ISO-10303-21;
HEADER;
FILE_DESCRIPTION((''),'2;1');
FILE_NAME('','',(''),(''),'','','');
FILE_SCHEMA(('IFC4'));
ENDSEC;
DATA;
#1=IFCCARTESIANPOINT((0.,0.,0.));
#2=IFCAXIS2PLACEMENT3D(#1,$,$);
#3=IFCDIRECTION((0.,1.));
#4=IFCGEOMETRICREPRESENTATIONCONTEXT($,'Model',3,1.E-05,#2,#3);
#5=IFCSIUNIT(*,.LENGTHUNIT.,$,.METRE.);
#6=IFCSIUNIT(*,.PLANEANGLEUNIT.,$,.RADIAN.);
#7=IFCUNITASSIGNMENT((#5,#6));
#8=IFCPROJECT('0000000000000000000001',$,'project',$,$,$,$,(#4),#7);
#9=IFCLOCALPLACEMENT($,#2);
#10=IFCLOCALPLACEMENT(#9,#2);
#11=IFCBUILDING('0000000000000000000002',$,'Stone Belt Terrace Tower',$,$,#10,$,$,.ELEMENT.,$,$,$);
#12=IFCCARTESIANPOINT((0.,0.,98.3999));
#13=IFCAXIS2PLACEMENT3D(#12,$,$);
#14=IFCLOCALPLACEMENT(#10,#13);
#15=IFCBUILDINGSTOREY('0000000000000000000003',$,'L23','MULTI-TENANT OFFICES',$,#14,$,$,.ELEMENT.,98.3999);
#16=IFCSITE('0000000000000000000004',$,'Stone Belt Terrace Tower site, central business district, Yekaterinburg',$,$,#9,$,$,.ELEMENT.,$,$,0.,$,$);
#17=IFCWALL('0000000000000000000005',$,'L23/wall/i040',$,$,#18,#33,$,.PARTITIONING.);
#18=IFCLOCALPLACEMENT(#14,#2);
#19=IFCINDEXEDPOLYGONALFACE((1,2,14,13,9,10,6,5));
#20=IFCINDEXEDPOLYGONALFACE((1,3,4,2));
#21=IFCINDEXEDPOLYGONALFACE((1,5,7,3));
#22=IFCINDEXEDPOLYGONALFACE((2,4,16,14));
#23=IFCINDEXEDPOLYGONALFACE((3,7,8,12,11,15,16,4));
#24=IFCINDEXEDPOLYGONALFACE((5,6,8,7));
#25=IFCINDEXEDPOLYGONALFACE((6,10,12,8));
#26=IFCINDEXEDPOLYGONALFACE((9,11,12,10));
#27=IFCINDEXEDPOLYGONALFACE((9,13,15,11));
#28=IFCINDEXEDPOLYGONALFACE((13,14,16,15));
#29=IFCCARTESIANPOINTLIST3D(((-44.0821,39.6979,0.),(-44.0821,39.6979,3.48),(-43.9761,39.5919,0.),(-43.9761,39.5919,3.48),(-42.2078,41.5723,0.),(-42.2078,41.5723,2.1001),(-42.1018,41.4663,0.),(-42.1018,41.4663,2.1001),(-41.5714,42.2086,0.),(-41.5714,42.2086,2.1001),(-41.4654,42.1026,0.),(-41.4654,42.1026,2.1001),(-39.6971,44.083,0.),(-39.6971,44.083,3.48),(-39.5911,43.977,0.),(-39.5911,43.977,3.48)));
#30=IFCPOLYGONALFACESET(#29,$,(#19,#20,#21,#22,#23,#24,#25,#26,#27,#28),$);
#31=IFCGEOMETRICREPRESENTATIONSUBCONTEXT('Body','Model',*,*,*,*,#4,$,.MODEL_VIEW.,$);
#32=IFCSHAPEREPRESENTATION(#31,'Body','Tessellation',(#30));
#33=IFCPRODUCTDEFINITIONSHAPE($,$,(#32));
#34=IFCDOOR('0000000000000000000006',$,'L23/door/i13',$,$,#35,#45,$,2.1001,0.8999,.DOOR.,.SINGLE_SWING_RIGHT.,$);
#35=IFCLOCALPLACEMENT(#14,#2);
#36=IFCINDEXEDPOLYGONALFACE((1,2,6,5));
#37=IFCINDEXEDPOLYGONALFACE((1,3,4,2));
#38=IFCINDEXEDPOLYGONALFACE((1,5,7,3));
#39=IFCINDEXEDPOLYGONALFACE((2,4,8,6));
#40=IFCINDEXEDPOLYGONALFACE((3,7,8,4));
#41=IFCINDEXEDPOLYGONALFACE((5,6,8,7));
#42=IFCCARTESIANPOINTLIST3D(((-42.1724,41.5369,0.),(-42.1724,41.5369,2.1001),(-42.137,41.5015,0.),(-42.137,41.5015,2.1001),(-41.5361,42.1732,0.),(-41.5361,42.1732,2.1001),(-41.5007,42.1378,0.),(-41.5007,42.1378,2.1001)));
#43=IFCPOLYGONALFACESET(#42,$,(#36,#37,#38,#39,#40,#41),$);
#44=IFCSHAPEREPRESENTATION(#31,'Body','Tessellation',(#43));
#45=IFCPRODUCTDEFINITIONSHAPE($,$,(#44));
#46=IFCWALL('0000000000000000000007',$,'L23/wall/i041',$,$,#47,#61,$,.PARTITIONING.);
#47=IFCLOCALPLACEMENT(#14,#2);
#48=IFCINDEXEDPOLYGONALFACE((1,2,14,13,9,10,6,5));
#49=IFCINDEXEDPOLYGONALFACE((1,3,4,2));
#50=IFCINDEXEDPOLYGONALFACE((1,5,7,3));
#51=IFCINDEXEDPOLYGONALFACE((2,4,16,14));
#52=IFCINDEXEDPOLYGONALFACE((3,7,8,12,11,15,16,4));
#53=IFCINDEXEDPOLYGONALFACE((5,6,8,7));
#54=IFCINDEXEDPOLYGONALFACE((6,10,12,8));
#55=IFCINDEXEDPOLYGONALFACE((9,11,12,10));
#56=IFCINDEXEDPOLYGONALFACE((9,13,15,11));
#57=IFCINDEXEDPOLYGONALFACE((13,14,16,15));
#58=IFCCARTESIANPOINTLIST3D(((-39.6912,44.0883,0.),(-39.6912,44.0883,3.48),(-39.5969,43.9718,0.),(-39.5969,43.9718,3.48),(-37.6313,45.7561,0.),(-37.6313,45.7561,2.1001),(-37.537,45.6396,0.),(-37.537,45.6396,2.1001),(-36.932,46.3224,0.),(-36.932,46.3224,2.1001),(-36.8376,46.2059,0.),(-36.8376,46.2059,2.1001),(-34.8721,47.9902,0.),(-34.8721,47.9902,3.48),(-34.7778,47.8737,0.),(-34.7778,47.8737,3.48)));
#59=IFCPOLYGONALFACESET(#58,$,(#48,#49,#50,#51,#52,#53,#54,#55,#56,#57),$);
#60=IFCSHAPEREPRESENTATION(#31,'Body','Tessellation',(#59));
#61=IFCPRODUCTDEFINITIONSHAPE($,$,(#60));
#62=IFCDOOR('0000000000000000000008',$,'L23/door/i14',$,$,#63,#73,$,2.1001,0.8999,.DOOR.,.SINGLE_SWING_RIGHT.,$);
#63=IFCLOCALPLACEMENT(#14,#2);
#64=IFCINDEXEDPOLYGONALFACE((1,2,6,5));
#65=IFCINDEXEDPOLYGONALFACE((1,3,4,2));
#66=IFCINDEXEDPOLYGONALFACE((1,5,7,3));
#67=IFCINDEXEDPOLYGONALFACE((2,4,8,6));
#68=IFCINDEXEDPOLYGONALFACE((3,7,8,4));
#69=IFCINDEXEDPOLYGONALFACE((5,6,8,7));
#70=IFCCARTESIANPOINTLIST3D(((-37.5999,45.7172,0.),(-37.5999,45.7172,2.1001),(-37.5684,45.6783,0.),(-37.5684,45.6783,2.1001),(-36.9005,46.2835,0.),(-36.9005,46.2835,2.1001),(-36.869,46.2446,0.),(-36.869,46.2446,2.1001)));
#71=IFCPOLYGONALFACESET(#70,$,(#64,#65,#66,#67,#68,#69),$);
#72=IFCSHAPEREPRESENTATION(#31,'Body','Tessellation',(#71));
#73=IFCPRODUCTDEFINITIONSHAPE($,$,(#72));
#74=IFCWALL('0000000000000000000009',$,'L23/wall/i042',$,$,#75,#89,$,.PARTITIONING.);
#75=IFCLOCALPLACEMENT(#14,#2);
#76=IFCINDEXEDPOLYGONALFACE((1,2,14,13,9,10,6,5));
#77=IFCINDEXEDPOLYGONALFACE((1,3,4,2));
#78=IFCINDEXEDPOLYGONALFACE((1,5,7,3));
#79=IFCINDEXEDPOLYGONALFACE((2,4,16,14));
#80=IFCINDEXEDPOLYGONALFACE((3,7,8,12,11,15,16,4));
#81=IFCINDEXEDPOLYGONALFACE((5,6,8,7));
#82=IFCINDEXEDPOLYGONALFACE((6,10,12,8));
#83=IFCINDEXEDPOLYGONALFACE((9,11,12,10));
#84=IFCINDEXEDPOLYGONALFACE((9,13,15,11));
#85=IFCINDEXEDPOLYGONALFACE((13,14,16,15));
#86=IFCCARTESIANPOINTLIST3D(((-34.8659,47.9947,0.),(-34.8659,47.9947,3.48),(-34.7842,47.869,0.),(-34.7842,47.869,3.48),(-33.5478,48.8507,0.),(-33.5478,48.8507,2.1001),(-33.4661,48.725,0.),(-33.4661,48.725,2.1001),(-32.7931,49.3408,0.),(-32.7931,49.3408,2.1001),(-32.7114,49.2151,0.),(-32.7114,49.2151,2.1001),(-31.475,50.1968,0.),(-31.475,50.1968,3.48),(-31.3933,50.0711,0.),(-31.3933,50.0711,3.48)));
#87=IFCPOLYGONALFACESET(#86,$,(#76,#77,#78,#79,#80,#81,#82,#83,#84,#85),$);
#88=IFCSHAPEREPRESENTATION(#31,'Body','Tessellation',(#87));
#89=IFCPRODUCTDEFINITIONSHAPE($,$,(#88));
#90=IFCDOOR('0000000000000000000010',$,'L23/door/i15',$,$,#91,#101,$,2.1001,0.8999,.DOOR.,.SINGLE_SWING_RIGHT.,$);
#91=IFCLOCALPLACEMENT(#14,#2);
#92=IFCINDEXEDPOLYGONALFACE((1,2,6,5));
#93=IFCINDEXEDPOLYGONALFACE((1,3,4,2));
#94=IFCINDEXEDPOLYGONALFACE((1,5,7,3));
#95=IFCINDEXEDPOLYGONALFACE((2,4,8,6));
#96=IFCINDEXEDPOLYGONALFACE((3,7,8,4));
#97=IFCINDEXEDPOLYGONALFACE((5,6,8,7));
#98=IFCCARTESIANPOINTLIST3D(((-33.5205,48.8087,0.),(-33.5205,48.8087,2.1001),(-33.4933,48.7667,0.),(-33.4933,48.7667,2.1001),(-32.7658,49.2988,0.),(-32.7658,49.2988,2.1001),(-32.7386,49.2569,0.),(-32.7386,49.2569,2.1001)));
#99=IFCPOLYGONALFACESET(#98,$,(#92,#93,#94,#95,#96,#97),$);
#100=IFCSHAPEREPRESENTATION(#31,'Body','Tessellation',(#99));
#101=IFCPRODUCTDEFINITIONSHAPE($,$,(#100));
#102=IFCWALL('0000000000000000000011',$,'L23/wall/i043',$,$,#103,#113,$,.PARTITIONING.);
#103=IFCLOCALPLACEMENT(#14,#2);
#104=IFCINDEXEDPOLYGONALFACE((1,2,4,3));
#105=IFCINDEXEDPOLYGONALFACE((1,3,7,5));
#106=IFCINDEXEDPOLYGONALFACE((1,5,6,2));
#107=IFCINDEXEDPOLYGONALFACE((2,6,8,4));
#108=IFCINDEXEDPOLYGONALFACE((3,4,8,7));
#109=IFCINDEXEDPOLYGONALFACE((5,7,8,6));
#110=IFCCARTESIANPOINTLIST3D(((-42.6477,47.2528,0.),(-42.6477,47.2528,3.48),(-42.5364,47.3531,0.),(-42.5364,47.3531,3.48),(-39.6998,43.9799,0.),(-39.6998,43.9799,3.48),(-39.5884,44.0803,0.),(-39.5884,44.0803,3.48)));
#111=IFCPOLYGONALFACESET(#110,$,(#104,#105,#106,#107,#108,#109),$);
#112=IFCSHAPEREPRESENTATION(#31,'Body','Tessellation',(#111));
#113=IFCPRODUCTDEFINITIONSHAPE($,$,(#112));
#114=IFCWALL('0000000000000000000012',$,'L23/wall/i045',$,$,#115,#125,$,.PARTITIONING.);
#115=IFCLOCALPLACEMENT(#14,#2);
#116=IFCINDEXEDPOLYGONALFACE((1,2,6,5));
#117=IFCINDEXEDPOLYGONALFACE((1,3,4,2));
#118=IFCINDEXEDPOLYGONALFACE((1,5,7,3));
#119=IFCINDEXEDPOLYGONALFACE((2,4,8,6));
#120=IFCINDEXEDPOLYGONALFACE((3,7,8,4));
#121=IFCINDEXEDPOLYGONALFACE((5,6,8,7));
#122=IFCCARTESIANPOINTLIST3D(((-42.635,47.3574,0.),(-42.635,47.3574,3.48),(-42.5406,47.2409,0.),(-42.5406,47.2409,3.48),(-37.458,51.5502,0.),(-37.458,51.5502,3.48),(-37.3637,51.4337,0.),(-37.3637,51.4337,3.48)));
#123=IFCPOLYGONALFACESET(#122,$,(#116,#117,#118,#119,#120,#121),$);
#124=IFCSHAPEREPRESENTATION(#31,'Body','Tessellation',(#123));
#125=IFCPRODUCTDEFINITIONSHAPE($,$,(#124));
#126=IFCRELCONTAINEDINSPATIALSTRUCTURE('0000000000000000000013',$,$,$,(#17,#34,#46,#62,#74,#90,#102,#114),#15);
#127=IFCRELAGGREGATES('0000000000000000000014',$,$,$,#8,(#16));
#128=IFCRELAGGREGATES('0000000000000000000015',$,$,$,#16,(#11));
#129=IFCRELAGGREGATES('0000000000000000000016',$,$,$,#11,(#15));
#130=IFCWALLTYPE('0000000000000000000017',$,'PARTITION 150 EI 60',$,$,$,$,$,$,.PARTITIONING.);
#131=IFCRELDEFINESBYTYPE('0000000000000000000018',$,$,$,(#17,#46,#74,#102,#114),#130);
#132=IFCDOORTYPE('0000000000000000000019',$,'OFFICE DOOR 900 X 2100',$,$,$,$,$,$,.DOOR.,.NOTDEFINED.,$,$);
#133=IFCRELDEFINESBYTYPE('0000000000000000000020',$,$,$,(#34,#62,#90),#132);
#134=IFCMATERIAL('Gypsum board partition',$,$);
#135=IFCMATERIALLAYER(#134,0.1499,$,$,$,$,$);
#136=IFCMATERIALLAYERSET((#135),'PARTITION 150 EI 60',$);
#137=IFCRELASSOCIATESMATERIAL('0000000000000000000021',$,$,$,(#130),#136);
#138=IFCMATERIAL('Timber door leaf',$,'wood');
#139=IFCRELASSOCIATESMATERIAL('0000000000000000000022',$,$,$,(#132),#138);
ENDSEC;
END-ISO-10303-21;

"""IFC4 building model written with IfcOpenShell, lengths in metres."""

from ifc_helpers import new_model, si_unit, direction, frame, frame_2d, origin, place, context, subcontext, project, spatial, rectangle, extrude, material, layer, layer_set, type_object, element, fill, save


model = new_model("IFC4")

# Units and contexts
model_context = context("Model", 3, precision=1e-05, world=origin(), true_north=direction((0.0, 1.0)))
body_context = subcontext(model_context, "Body", "Model", "MODEL_VIEW")
ifc_project = project(units=[si_unit("LENGTHUNIT", "METRE"), si_unit("PLANEANGLEUNIT", "RADIAN")], contexts=[model_context])

# Site, building, storey
site_placement = place(None, origin())
site = spatial("IfcSite", under=ifc_project, at=site_placement, Name="Stone Belt Terrace Tower site, central business district, Yekaterinburg", CompositionType="ELEMENT", RefElevation=0.0)
building_placement = place(site_placement, origin())
building = spatial("IfcBuilding", under=site, at=building_placement, Name="Stone Belt Terrace Tower", CompositionType="ELEMENT")
storey_placement = place(building_placement, frame((0.0, 0.0, 98.3999)))
storey = spatial("IfcBuildingStorey", under=building, at=storey_placement, Name="L23", Description="MULTI-TENANT OFFICES", CompositionType="ELEMENT", Elevation=98.3999)

# Shared definitions
ifc_material_1 = material(Name="Gypsum board partition")
ifc_layer_1 = layer(ifc_material_1, 0.1499)
ifc_layer_set_1 = layer_set([ifc_layer_1], Name="PARTITION 150 EI 60")
wall_type = type_object("IfcWallType", Name="PARTITION 150 EI 60", PredefinedType="PARTITIONING", material=ifc_layer_set_1)

# Shared definitions
ifc_material_2 = material(Name="Timber door leaf", Category="wood")
door_type_1 = type_object("IfcDoorType", Name="OFFICE DOOR 900 X 2100", OperationType="NOTDEFINED", PredefinedType="DOOR", material=ifc_material_2)

# Walls, openings, doors
wall_1_placement = place(storey_placement, frame((-44.0291, 39.645, 0.0), z_axis=(0.0, 0.0, 1.0), x_axis=(0.707107, 0.707107, 0.0)))
wall_1 = element("IfcWall", 1, at=wall_1_placement, inside=storey, type_object=wall_type, Name="L23/wall/i040", PredefinedType="PARTITIONING", context=body_context, shape_type="SweptSolid", body=[
    extrude(rectangle(XDim=6.2014, YDim=0.1499, at=frame_2d((3.1006, 0.0))), origin(), (0.0, 0.0, 1.0), 3.48),
])
opening_1_placement = place(wall_1_placement, frame((2.6506, 0.0, 0.0)))
opening_1 = element("IfcOpeningElement", 2, at=opening_1_placement, cuts=wall_1, PredefinedType="OPENING", context=body_context, shape_type="SweptSolid", body=[
    extrude(rectangle(XDim=0.8999, YDim=2.1001, at=frame_2d((0.45, 1.05))), frame((0.0, 0.085, 0.0), z_axis=(0.0, -1.0, 0.0), x_axis=(1.0, 0.0, 0.0)), (0.0, 0.0, 1.0), 0.1699),
])
door_1_placement = place(opening_1_placement, origin())
door_1 = element("IfcDoor", 3, at=door_1_placement, inside=storey, type_object=door_type_1, Name="L23/door/i13", OperationType="SINGLE_SWING_RIGHT", OverallHeight=2.1001, OverallWidth=0.8999, PredefinedType="DOOR", context=body_context, shape_type="SweptSolid", body=[
    extrude(rectangle(XDim=0.8999, YDim=2.1001, at=frame_2d((0.45, 1.05))), frame((0.0, 0.0249, 0.0), z_axis=(0.0, -1.0, 0.0), x_axis=(1.0, 0.0, 0.0)), (0.0, 0.0, 1.0), 0.05),
])
fill(opening_1, door_1)
wall_2_placement = place(storey_placement, frame((-39.644, 44.03, 0.0), z_axis=(0.0, 0.0, 1.0), x_axis=(0.777191, 0.629265, 0.0)))
wall_2 = element("IfcWall", 4, at=wall_2_placement, inside=storey, type_object=wall_type, Name="L23/wall/i041", PredefinedType="PARTITIONING", context=body_context, shape_type="SweptSolid", body=[
    extrude(rectangle(XDim=6.2007, YDim=0.1499, at=frame_2d((3.1003, 0.0))), origin(), (0.0, 0.0, 1.0), 3.48),
])
opening_2_placement = place(wall_2_placement, frame((2.6504, 0.0, 0.0)))
opening_2 = element("IfcOpeningElement", 5, at=opening_2_placement, cuts=wall_2, PredefinedType="OPENING", context=body_context, shape_type="SweptSolid", body=[
    extrude(rectangle(XDim=0.8999, YDim=2.1001, at=frame_2d((0.45, 1.05))), frame((0.0, 0.085, 0.0), z_axis=(0.0, -1.0, 0.0), x_axis=(1.0, 0.0, 0.0)), (0.0, 0.0, 1.0), 0.1699),
])
door_2_placement = place(opening_2_placement, origin())
door_2 = element("IfcDoor", 6, at=door_2_placement, inside=storey, type_object=door_type_1, Name="L23/door/i14", OperationType="SINGLE_SWING_RIGHT", OverallHeight=2.1001, OverallWidth=0.8999, PredefinedType="DOOR", context=body_context, shape_type="SweptSolid", body=[
    extrude(rectangle(XDim=0.8999, YDim=2.1001, at=frame_2d((0.45, 1.05))), frame((0.0, 0.0249, 0.0), z_axis=(0.0, -1.0, 0.0), x_axis=(1.0, 0.0, 0.0)), (0.0, 0.0, 1.0), 0.05),
])
fill(opening_2, door_2)
wall_3_placement = place(storey_placement, frame((-34.825, 47.9319, 0.0), z_axis=(0.0, 0.0, 1.0), x_axis=(0.83866, 0.544655, 0.0)))
wall_3 = element("IfcWall", 7, at=wall_3_placement, inside=storey, type_object=wall_type, Name="L23/wall/i042", PredefinedType="PARTITIONING", context=body_context, shape_type="SweptSolid", body=[
    extrude(rectangle(XDim=4.0432, YDim=0.1499, at=frame_2d((2.0215, 0.0))), origin(), (0.0, 0.0, 1.0), 3.48),
])
opening_3_placement = place(wall_3_placement, frame((1.5715, 0.0, 0.0)))
opening_3 = element("IfcOpeningElement", 8, at=opening_3_placement, cuts=wall_3, PredefinedType="OPENING", context=body_context, shape_type="SweptSolid", body=[
    extrude(rectangle(XDim=0.8999, YDim=2.1001, at=frame_2d((0.45, 1.05))), frame((0.0, 0.085, 0.0), z_axis=(0.0, -1.0, 0.0), x_axis=(1.0, 0.0, 0.0)), (0.0, 0.0, 1.0), 0.1699),
])
door_3_placement = place(opening_3_placement, origin())
door_3 = element("IfcDoor", 9, at=door_3_placement, inside=storey, type_object=door_type_1, Name="L23/door/i15", OperationType="SINGLE_SWING_RIGHT", OverallHeight=2.1001, OverallWidth=0.8999, PredefinedType="DOOR", context=body_context, shape_type="SweptSolid", body=[
    extrude(rectangle(XDim=0.8999, YDim=2.1001, at=frame_2d((0.45, 1.05))), frame((0.0, 0.0249, 0.0), z_axis=(0.0, -1.0, 0.0), x_axis=(1.0, 0.0, 0.0)), (0.0, 0.0, 1.0), 0.05),
])
fill(opening_3, door_3)

# Walls
wall_4_placement = place(storey_placement, frame((-42.592, 47.303, 0.0), z_axis=(0.0, 0.0, 1.0), x_axis=(0.669259, -0.74303, 0.0)))
element("IfcWall", 10, at=wall_4_placement, inside=storey, type_object=wall_type, Name="L23/wall/i043", PredefinedType="PARTITIONING", context=body_context, shape_type="SweptSolid", body=[
    extrude(rectangle(XDim=4.4048, YDim=0.1499, at=frame_2d((2.2024, 0.0))), origin(), (0.0, 0.0, 1.0), 3.48),
])
wall_5_placement = place(storey_placement, frame((-42.5879, 47.2991, 0.0), z_axis=(0.0, 0.0, 1.0), x_axis=(0.777101, 0.629376, 0.0)))
element("IfcWall", 11, at=wall_5_placement, inside=storey, type_object=wall_type, Name="L23/wall/i045", PredefinedType="PARTITIONING", context=body_context, shape_type="SweptSolid", body=[
    extrude(rectangle(XDim=6.6619, YDim=0.1499, at=frame_2d((3.3311, 0.0))), origin(), (0.0, 0.0, 1.0), 3.48),
])

save(model, "model.ifc")
